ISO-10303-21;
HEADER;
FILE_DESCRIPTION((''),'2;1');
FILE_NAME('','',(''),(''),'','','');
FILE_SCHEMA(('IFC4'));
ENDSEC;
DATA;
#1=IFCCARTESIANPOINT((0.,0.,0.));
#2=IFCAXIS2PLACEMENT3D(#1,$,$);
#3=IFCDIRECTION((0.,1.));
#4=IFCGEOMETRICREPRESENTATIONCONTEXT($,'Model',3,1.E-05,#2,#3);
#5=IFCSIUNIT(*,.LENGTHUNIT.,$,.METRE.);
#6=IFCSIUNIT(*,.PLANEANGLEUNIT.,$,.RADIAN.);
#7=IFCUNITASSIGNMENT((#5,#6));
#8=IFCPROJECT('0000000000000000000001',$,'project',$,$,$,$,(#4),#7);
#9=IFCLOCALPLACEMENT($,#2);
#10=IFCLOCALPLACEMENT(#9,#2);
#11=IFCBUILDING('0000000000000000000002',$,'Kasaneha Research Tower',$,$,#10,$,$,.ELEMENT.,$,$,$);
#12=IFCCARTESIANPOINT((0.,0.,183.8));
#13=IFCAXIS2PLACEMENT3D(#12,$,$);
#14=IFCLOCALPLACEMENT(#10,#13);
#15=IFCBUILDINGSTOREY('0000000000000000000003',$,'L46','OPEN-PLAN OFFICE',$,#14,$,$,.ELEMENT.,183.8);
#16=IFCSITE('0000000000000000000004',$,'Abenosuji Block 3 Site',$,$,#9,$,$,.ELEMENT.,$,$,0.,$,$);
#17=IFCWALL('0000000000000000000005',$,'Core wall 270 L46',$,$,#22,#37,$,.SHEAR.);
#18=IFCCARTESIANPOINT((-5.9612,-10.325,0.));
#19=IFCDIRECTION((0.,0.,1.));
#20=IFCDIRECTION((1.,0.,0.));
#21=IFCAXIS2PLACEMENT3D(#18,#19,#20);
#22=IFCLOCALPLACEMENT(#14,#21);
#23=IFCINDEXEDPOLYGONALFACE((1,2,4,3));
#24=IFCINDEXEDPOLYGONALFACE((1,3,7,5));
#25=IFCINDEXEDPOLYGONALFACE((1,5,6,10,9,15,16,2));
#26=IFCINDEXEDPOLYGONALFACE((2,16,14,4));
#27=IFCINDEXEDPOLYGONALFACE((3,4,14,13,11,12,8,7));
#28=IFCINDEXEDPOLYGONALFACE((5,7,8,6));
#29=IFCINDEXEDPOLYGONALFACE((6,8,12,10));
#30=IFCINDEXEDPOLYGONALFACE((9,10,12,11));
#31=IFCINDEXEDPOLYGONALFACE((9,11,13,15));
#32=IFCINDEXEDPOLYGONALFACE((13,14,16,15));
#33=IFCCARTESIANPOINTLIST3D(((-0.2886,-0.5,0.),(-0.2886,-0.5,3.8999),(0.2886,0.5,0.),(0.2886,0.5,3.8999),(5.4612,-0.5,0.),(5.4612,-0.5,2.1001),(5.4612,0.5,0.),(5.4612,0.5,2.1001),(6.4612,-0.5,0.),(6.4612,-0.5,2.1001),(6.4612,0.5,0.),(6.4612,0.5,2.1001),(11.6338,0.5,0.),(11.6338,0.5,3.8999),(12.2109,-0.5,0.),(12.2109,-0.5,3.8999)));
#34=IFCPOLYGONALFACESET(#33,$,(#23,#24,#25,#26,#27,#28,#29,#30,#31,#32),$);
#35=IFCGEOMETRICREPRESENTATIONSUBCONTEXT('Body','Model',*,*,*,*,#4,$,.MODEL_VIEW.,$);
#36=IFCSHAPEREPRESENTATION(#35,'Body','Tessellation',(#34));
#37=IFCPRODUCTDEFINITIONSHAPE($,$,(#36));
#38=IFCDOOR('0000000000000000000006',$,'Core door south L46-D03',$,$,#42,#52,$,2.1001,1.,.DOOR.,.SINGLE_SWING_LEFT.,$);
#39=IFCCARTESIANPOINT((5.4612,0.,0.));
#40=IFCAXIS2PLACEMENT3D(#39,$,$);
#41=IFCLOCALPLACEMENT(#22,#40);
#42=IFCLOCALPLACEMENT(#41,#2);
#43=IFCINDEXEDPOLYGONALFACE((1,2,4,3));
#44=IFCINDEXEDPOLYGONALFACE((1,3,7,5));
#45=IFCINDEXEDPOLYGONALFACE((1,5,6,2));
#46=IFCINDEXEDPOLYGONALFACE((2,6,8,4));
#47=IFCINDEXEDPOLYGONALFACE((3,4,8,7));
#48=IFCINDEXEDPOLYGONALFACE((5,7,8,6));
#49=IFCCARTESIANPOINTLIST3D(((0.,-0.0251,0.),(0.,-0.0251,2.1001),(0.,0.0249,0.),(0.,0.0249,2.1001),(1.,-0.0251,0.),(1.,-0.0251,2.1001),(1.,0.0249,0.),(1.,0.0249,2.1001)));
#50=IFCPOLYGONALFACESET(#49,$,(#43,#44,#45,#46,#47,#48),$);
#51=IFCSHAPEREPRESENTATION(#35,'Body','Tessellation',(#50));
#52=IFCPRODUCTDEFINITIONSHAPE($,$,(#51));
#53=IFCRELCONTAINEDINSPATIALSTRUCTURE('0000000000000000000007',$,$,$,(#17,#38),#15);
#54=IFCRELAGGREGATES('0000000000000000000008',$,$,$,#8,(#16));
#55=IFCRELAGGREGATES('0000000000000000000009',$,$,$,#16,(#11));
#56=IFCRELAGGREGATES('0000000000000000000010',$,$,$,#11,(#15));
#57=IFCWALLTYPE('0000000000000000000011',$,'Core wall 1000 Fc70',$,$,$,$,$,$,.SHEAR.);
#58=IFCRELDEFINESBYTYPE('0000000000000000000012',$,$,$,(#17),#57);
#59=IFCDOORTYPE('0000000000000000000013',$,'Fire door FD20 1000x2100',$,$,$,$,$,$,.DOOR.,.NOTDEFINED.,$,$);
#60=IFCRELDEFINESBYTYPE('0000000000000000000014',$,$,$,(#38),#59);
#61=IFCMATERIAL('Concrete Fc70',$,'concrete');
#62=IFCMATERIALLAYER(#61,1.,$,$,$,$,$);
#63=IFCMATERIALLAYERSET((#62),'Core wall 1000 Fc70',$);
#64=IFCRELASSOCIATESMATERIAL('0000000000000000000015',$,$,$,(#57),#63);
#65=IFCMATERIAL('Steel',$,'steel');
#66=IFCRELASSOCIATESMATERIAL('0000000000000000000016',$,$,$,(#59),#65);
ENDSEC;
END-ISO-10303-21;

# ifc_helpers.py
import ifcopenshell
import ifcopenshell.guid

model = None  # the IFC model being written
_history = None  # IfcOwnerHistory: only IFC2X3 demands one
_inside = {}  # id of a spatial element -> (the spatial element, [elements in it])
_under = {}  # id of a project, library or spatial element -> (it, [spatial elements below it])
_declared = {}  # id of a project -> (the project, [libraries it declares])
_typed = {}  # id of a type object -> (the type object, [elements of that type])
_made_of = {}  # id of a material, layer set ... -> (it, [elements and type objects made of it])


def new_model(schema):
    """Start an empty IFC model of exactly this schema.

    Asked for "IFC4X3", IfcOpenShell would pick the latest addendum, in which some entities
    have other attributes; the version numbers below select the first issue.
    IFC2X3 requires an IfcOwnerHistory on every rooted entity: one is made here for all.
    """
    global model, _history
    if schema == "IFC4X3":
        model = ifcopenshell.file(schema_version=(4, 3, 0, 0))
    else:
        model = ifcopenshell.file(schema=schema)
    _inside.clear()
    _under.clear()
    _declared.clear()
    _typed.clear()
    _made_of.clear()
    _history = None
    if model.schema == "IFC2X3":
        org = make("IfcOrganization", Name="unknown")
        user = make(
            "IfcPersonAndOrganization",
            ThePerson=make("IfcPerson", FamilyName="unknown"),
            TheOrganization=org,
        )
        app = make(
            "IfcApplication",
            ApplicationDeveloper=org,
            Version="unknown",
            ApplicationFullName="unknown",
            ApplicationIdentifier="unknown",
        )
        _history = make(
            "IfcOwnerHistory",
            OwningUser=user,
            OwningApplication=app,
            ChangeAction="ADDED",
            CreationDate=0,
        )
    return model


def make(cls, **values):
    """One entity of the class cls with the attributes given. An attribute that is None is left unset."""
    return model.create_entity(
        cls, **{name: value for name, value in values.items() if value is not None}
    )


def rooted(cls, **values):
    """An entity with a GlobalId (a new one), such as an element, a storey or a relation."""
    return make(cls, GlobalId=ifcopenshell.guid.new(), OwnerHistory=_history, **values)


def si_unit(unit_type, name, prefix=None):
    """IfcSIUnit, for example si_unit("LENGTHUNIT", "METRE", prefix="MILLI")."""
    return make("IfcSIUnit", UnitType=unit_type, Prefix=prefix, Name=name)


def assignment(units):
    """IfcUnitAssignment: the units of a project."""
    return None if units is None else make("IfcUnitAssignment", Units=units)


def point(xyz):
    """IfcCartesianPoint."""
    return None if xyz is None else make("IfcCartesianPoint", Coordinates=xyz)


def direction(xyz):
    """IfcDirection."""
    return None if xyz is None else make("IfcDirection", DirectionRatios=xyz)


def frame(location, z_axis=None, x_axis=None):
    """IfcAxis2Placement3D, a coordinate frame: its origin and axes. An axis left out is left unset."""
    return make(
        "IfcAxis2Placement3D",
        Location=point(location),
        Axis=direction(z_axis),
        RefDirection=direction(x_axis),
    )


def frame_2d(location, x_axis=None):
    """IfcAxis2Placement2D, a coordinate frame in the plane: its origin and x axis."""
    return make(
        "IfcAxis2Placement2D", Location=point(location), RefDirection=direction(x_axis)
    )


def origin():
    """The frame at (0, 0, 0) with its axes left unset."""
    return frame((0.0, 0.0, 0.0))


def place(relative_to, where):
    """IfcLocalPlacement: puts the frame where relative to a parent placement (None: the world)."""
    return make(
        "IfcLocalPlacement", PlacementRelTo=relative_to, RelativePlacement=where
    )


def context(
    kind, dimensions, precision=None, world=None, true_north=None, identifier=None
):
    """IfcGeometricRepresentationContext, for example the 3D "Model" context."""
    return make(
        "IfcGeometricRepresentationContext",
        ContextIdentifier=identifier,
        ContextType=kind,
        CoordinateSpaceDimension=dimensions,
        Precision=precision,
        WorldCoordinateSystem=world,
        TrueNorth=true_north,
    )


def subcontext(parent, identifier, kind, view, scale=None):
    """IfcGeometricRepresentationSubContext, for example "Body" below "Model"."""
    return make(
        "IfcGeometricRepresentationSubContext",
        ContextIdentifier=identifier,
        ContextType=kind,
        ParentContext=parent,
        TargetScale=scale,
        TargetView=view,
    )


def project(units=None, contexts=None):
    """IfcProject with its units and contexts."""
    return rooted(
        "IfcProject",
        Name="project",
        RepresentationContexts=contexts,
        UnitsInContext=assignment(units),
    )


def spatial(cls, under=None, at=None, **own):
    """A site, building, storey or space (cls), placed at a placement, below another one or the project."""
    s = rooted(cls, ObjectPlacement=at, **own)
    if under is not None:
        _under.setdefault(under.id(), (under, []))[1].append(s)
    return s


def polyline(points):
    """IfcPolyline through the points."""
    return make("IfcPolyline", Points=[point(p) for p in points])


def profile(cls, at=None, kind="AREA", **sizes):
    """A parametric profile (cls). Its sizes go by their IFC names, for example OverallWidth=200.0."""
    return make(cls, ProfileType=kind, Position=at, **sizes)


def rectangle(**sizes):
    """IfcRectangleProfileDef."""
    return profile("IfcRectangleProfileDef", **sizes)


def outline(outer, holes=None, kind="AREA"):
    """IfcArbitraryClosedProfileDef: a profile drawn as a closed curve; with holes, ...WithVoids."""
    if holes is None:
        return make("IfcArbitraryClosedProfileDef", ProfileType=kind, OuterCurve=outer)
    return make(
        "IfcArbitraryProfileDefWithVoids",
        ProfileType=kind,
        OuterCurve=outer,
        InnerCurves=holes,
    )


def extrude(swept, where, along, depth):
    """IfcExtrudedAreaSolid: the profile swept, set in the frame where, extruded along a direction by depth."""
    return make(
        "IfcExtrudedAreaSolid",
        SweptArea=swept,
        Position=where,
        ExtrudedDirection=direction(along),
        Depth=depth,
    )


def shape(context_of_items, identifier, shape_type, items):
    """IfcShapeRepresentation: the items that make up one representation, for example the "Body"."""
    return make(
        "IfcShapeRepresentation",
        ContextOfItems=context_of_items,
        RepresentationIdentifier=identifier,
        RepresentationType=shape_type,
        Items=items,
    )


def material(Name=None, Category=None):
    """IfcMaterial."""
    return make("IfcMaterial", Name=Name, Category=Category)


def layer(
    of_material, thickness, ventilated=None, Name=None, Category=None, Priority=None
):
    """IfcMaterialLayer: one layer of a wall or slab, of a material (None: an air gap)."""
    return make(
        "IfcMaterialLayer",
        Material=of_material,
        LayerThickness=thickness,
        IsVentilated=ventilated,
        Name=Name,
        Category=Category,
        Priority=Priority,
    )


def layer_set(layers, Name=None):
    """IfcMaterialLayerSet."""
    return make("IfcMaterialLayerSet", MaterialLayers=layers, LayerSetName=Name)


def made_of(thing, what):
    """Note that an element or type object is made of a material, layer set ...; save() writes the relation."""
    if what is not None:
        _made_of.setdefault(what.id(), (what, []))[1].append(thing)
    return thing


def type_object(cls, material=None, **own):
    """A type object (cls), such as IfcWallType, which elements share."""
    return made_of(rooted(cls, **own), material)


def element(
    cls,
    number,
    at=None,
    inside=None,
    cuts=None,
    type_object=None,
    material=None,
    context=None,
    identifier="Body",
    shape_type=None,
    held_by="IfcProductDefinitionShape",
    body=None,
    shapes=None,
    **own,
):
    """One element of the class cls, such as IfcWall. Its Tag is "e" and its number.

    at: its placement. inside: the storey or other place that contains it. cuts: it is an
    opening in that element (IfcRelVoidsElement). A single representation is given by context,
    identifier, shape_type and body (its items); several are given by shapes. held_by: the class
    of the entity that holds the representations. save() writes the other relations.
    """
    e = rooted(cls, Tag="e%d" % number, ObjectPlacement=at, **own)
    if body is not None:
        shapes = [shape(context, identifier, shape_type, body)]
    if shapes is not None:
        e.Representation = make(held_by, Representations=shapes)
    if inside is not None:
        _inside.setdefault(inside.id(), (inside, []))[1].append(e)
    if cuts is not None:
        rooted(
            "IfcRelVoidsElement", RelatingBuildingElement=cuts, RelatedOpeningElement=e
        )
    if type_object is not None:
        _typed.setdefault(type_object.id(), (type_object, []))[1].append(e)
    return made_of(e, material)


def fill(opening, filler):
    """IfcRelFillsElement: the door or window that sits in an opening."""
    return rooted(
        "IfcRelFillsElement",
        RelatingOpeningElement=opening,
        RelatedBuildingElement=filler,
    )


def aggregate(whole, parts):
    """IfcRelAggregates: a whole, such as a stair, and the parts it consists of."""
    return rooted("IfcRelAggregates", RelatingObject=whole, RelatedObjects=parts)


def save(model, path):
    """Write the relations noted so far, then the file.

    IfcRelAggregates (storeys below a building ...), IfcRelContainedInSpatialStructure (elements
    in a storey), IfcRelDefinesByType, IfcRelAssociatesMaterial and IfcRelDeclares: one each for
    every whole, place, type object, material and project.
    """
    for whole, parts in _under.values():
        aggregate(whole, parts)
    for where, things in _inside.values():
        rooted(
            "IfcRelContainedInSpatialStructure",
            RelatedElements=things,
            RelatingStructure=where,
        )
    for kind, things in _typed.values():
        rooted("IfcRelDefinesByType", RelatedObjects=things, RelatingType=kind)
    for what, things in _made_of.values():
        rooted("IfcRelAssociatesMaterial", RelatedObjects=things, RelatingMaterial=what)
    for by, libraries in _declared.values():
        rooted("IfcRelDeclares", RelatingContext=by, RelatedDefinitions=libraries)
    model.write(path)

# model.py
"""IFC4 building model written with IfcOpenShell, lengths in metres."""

from ifc_helpers import new_model, si_unit, direction, frame, frame_2d, origin, place, context, subcontext, project, spatial, polyline, rectangle, outline, extrude, material, layer, layer_set, type_object, element, fill, save


model = new_model("IFC4")

# Units and contexts
model_context = context("Model", 3, precision=1e-05, world=origin(), true_north=direction((0.0, 1.0)))
body_context = subcontext(model_context, "Body", "Model", "MODEL_VIEW")
ifc_project = project(units=[si_unit("LENGTHUNIT", "METRE"), si_unit("PLANEANGLEUNIT", "RADIAN")], contexts=[model_context])

# Site, building, storey
site_placement = place(None, origin())
site = spatial("IfcSite", under=ifc_project, at=site_placement, Name="Abenosuji Block 3 Site", CompositionType="ELEMENT", RefElevation=0.0)
building_placement = place(site_placement, origin())
building = spatial("IfcBuilding", under=site, at=building_placement, Name="Kasaneha Research Tower", CompositionType="ELEMENT")
storey_placement = place(building_placement, frame((0.0, 0.0, 183.8)))
storey = spatial("IfcBuildingStorey", under=building, at=storey_placement, Name="L46", Description="OPEN-PLAN OFFICE", CompositionType="ELEMENT", Elevation=183.8)

# Wall, opening, door
ifc_material_1 = material(Name="Concrete Fc70", Category="concrete")
ifc_layer_1 = layer(ifc_material_1, 1.0)
ifc_layer_set_1 = layer_set([ifc_layer_1], Name="Core wall 1000 Fc70")
wall_type_1 = type_object("IfcWallType", Name="Core wall 1000 Fc70", PredefinedType="SHEAR", material=ifc_layer_set_1)
wall_1_placement = place(storey_placement, frame((-5.9612, -10.325, 0.0), z_axis=(0.0, 0.0, 1.0), x_axis=(1.0, 0.0, 0.0)))
wall_1 = element("IfcWall", 1, at=wall_1_placement, inside=storey, type_object=wall_type_1, Name="Core wall 270 L46", PredefinedType="SHEAR", context=body_context, shape_type="SweptSolid", body=[
    extrude(outline(polyline([(-0.2886, -0.5), (5.4612, -0.5), (6.4612, -0.5), (12.2109, -0.5), (11.6338, 0.5), (6.4612, 0.5), (5.4612, 0.5), (0.2886, 0.5), (-0.2886, -0.5)])), origin(), (0.0, 0.0, 1.0), 3.8999),
])
opening_1_placement = place(wall_1_placement, frame((5.4612, 0.0, 0.0)))
opening_1 = element("IfcOpeningElement", 2, at=opening_1_placement, cuts=wall_1, PredefinedType="OPENING", context=body_context, shape_type="SweptSolid", body=[
    extrude(rectangle(XDim=1.0, YDim=2.1001, at=frame_2d((0.5, 1.05))), frame((0.0, 0.51, 0.0), z_axis=(0.0, -1.0, 0.0), x_axis=(1.0, 0.0, 0.0)), (0.0, 0.0, 1.0), 1.02),
])
ifc_material_2 = material(Name="Steel", Category="steel")
door_type_1 = type_object("IfcDoorType", Name="Fire door FD20 1000x2100", OperationType="NOTDEFINED", PredefinedType="DOOR", material=ifc_material_2)
door_1_placement = place(opening_1_placement, origin())
door_1 = element("IfcDoor", 3, at=door_1_placement, inside=storey, type_object=door_type_1, Name="Core door south L46-D03", OperationType="SINGLE_SWING_LEFT", OverallHeight=2.1001, OverallWidth=1.0, PredefinedType="DOOR", context=body_context, shape_type="SweptSolid", body=[
    extrude(rectangle(XDim=1.0, YDim=2.1001, at=frame_2d((0.5, 1.05))), frame((0.0, 0.0249, 0.0), z_axis=(0.0, -1.0, 0.0), x_axis=(1.0, 0.0, 0.0)), (0.0, 0.0, 1.0), 0.05),
])
fill(opening_1, door_1)

save(model, "model.ifc")
